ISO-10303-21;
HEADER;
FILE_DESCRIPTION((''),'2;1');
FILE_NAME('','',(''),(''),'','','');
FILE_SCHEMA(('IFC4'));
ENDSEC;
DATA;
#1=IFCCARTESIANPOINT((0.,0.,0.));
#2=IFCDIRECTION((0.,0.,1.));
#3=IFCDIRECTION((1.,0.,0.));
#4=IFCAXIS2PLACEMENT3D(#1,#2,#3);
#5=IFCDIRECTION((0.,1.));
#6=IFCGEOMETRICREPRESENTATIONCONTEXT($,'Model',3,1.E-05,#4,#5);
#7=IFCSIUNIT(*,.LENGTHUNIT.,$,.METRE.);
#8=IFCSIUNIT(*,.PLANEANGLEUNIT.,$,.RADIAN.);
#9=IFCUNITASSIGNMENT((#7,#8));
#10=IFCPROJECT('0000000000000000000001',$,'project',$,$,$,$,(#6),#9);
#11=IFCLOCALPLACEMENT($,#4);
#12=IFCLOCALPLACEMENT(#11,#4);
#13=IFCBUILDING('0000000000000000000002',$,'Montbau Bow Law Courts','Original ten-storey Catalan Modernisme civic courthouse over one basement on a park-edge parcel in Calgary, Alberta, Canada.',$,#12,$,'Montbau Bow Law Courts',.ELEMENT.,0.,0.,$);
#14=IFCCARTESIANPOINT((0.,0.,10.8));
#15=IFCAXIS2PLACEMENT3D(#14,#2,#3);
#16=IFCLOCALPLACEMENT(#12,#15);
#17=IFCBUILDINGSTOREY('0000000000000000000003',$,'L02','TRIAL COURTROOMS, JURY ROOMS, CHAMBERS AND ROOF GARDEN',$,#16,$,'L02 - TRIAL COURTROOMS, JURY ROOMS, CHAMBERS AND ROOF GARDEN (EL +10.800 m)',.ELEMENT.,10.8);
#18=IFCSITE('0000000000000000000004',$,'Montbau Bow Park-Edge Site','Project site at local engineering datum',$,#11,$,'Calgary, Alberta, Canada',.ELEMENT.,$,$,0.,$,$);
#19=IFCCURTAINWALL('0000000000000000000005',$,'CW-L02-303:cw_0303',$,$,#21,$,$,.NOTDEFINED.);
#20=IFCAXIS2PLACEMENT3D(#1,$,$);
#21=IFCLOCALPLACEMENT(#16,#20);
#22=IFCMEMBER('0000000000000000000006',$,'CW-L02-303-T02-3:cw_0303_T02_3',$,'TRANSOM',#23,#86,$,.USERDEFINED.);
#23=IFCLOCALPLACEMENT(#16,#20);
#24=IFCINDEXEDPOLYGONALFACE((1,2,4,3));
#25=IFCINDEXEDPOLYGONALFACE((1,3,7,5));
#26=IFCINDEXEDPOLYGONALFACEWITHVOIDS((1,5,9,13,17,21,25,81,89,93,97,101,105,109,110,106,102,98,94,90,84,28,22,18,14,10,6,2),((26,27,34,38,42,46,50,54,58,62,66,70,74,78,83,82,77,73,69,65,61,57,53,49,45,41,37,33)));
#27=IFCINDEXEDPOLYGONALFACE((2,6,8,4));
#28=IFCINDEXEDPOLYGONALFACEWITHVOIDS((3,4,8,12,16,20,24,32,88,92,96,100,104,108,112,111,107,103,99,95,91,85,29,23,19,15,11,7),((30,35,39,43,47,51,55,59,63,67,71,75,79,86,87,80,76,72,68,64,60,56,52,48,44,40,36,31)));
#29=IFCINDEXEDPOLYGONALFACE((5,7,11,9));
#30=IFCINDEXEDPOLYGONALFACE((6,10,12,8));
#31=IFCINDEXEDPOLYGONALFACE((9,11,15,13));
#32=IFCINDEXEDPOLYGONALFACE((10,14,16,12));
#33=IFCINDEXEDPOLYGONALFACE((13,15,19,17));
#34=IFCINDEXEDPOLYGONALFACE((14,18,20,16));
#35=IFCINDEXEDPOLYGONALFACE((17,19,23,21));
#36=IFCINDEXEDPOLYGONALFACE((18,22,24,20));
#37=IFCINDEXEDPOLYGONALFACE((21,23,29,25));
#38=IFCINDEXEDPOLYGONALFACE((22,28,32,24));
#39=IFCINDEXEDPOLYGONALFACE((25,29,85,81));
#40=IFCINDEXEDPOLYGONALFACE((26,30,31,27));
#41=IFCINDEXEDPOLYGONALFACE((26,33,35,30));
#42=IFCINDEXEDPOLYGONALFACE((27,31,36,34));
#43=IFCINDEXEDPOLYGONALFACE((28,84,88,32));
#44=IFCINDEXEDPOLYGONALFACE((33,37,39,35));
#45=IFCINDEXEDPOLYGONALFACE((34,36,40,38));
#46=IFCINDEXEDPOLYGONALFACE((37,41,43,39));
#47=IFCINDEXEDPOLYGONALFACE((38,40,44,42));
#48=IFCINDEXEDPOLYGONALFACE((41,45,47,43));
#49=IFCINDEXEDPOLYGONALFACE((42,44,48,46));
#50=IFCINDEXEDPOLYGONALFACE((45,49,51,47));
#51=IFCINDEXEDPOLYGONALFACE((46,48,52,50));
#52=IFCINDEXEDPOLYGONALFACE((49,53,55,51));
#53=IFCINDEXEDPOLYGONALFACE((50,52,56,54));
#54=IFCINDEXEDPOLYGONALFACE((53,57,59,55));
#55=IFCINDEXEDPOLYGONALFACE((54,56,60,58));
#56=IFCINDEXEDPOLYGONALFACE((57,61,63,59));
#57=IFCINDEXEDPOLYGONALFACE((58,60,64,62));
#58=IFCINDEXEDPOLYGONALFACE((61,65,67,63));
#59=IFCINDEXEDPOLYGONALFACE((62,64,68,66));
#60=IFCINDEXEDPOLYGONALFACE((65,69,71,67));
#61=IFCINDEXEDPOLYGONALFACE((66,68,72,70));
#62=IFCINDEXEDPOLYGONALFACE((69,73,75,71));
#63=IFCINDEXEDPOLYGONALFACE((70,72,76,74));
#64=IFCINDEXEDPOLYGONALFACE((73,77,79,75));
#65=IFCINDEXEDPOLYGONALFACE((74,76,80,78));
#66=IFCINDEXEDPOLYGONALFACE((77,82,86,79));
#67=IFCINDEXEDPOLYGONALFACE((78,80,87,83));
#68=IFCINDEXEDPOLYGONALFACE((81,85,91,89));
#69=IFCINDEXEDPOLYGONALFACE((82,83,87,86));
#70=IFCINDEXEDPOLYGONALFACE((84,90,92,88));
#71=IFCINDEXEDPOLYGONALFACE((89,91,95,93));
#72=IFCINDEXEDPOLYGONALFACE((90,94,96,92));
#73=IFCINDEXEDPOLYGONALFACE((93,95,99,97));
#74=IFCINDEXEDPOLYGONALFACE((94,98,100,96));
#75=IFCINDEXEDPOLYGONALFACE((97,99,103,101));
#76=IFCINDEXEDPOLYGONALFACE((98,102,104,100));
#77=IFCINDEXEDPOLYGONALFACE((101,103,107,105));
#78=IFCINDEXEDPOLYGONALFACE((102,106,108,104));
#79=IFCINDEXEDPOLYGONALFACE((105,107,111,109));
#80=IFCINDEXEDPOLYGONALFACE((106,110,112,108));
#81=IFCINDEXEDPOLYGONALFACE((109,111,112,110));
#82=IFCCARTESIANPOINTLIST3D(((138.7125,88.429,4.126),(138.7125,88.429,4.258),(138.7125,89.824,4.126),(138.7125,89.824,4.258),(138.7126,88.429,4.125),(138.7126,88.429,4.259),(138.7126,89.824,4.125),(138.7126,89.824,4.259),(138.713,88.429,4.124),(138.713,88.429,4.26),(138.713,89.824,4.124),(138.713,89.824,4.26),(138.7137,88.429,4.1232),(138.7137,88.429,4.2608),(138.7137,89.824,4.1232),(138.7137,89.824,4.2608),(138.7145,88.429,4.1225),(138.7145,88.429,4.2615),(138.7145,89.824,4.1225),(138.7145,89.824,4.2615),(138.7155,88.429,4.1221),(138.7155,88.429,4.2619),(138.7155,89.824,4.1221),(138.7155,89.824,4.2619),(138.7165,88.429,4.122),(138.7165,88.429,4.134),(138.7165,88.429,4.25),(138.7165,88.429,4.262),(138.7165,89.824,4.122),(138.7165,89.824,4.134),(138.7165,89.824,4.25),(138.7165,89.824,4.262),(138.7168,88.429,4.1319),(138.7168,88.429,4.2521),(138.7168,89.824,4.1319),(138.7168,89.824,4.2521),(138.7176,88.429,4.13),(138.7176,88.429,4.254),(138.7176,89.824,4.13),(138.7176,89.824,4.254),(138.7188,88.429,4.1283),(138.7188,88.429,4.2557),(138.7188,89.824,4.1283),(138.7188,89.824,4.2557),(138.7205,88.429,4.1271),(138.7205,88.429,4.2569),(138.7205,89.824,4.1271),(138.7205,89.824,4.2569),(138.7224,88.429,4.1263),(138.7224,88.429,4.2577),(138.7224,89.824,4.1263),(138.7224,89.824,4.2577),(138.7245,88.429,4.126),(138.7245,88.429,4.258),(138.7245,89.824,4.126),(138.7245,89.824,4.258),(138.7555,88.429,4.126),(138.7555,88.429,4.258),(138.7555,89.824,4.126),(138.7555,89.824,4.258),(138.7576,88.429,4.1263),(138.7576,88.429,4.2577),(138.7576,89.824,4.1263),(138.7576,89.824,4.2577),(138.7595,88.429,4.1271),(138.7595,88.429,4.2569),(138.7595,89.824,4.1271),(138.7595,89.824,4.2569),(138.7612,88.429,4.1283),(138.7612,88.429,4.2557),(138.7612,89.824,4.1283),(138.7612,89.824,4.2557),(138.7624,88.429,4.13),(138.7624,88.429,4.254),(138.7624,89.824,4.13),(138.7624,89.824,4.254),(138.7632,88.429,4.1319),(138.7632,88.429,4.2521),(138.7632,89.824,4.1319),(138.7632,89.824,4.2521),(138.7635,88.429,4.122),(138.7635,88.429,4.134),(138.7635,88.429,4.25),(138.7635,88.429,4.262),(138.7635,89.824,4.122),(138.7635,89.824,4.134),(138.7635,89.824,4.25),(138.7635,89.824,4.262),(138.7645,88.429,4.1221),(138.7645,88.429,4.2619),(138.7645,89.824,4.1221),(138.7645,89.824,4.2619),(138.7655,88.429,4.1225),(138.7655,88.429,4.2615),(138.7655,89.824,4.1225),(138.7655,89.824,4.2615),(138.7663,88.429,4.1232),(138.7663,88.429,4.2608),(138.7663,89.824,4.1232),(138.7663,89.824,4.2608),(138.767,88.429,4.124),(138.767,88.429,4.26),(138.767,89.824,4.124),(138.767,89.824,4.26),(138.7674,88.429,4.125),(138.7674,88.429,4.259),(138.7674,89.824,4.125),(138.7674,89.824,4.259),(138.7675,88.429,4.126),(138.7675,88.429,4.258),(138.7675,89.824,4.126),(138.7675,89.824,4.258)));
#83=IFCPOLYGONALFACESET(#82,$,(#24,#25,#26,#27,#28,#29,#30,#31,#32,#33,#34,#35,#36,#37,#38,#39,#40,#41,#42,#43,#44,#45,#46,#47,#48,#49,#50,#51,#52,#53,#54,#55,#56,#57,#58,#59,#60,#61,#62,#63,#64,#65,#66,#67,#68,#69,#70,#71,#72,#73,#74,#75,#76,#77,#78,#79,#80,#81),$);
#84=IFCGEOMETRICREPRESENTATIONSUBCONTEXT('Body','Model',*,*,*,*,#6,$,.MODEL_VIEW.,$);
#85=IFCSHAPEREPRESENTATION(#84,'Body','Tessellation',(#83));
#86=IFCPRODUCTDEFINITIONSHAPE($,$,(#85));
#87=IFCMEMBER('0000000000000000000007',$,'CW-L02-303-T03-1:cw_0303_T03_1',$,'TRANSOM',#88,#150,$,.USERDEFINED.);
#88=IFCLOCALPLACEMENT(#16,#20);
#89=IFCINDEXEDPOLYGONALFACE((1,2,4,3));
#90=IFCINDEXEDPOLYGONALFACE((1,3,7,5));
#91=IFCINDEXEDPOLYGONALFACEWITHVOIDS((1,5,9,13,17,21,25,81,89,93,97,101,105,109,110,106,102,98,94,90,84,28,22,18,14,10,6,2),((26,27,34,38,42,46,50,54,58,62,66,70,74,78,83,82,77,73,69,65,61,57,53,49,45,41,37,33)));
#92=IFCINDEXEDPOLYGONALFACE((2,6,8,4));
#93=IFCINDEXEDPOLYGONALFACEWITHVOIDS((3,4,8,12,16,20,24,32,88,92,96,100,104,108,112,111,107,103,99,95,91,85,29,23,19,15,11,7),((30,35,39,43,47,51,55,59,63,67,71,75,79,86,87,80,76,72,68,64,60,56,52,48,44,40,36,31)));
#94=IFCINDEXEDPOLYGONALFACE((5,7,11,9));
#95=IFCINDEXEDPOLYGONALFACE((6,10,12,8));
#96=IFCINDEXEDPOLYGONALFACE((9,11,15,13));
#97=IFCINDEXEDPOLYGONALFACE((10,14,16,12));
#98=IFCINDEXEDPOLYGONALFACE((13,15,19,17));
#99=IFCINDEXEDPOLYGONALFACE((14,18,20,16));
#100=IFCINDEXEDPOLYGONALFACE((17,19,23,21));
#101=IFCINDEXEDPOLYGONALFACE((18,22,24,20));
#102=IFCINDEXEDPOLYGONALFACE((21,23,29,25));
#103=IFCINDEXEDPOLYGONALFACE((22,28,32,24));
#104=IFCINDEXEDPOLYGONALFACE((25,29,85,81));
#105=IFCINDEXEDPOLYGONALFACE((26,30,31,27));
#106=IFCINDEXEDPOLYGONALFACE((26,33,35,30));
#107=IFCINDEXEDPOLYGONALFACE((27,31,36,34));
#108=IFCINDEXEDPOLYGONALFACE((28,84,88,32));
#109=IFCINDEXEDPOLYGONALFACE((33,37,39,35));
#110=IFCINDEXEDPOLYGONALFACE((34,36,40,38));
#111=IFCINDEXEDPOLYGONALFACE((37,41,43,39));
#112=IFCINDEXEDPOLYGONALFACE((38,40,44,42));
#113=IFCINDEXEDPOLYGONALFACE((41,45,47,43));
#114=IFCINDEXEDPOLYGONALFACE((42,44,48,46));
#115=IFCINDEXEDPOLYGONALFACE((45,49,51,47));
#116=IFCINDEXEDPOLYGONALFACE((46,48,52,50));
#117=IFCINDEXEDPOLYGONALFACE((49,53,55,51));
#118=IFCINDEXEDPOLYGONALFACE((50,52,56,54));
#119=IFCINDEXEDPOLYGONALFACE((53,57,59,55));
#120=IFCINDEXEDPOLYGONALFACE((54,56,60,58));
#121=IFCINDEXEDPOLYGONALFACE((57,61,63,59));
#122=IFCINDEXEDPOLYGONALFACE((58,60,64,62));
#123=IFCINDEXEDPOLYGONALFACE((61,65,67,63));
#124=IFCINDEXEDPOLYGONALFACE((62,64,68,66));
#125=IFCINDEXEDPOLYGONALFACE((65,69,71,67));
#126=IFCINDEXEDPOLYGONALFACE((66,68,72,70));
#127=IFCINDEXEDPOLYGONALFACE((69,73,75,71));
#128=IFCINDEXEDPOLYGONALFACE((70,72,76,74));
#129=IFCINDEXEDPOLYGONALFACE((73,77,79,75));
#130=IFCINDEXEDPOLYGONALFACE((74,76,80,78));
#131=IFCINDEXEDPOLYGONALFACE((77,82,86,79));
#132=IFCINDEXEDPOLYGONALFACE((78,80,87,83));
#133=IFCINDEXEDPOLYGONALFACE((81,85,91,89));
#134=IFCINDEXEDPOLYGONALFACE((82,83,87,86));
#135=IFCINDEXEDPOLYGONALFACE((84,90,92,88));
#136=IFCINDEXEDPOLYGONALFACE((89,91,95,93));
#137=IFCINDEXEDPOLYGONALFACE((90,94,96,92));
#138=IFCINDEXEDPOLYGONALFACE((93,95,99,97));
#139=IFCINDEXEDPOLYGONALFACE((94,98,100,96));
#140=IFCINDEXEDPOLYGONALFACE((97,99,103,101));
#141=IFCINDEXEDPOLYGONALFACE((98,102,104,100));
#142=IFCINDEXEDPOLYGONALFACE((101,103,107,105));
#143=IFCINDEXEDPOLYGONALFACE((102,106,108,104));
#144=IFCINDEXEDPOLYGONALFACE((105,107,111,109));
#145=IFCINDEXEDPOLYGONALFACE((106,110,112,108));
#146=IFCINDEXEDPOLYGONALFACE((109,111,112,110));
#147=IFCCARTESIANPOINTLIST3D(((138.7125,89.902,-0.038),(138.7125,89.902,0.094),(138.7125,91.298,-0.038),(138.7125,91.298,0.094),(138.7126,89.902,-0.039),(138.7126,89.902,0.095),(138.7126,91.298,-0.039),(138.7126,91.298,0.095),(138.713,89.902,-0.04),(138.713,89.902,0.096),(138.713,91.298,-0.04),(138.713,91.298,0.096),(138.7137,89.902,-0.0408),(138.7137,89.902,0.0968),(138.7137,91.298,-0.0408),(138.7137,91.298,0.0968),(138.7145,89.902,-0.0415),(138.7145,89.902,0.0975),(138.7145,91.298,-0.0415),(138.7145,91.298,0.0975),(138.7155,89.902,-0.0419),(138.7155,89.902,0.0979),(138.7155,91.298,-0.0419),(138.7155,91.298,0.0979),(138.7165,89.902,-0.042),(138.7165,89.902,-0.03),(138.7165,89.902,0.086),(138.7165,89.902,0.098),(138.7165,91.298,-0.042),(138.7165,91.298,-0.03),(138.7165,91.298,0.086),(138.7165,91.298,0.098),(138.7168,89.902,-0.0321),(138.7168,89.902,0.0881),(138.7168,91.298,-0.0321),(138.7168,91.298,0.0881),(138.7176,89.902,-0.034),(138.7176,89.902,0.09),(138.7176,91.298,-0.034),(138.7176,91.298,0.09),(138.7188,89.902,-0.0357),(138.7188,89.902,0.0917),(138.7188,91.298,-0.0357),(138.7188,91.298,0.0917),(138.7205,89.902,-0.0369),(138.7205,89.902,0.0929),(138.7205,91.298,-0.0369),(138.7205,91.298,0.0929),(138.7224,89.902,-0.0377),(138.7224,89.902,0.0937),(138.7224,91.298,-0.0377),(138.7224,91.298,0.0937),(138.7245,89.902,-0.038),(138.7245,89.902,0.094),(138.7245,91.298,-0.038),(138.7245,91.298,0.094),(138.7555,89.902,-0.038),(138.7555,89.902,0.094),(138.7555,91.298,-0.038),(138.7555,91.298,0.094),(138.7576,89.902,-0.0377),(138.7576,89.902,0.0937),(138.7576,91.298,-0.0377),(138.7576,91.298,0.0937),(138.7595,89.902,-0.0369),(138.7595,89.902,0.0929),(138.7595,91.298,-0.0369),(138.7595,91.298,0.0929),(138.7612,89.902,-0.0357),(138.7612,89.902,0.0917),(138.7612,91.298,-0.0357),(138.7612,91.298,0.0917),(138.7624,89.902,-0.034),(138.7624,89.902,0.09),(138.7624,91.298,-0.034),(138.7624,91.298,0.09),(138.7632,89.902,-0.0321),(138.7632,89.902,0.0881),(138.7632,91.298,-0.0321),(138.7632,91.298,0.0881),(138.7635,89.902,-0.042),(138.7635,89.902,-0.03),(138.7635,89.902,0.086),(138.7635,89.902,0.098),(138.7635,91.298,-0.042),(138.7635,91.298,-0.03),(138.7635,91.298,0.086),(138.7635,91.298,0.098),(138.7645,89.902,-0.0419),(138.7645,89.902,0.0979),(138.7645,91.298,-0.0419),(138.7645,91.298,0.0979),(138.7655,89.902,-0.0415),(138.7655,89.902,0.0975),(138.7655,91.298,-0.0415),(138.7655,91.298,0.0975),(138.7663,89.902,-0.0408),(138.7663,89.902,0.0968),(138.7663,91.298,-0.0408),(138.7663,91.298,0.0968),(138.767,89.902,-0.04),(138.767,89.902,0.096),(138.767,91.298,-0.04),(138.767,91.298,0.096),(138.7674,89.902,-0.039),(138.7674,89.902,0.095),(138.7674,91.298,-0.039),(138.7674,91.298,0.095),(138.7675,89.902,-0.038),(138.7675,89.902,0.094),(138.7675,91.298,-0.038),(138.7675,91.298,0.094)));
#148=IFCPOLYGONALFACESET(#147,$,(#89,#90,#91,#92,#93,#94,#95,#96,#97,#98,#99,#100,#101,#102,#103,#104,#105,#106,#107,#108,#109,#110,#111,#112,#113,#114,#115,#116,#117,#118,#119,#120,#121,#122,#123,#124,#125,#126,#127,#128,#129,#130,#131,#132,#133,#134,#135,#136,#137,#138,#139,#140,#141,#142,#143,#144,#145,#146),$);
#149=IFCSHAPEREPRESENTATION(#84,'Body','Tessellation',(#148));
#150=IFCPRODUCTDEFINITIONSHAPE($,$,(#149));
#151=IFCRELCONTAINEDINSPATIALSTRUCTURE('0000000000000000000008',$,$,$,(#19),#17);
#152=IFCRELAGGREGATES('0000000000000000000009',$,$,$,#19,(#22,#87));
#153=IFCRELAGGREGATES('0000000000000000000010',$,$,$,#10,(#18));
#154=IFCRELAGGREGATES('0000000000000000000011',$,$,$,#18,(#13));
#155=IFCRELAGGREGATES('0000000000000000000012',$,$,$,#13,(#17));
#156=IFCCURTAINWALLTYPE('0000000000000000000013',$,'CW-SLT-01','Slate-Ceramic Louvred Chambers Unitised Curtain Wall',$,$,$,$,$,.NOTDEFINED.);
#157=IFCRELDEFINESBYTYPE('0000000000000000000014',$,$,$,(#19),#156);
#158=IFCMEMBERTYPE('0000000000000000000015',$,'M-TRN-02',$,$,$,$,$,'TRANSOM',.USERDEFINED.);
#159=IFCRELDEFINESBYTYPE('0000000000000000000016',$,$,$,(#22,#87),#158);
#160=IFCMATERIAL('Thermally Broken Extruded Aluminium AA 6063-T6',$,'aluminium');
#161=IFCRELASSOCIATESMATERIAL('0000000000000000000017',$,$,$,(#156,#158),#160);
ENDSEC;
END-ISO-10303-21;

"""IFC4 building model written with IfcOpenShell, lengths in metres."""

from ifc_helpers import new_model, si_unit, direction, frame, origin_with_axes, origin_2d_with_axis, place, context, subcontext, project, spatial, hollow_rectangle, extrude, material, material_profile, profile_set, type_object, element, aggregate, save


model = new_model("IFC4")

# Units and contexts
model_context = context("Model", 3, precision=1e-05, world=origin_with_axes(), true_north=direction((0.0, 1.0)))
body_context = subcontext(model_context, "Body", "Model", "MODEL_VIEW")
ifc_project = project(units=[si_unit("LENGTHUNIT", "METRE"), si_unit("PLANEANGLEUNIT", "RADIAN")], contexts=[model_context])

# Site, building, storey
site_placement = place(None, origin_with_axes())
site = spatial("IfcSite", under=ifc_project, at=site_placement, Name="Montbau Bow Park-Edge Site", Description="Project site at local engineering datum", LongName="Calgary, Alberta, Canada", CompositionType="ELEMENT", RefElevation=0.0)
building_placement = place(site_placement, origin_with_axes())
building = spatial("IfcBuilding", under=site, at=building_placement, Name="Montbau Bow Law Courts", Description="Original ten-storey Catalan Modernisme civic courthouse over one basement on a park-edge parcel in Calgary, Alberta, Canada.", LongName="Montbau Bow Law Courts", CompositionType="ELEMENT", ElevationOfRefHeight=0.0, ElevationOfTerrain=0.0)
storey_placement = place(building_placement, frame((0.0, 0.0, 10.8), z_axis=(0.0, 0.0, 1.0), x_axis=(1.0, 0.0, 0.0)))
storey = spatial("IfcBuildingStorey", under=building, at=storey_placement, Name="L02", Description="TRIAL COURTROOMS, JURY ROOMS, CHAMBERS AND ROOF GARDEN", LongName="L02 - TRIAL COURTROOMS, JURY ROOMS, CHAMBERS AND ROOF GARDEN (EL +10.800 m)", CompositionType="ELEMENT", Elevation=10.8)

# Curtain wall, members
ifc_material_1 = material(Name="Thermally Broken Extruded Aluminium AA 6063-T6", Category="aluminium")
curtain_wall_type = type_object("IfcCurtainWallType", Name="CW-SLT-01", Description="Slate-Ceramic Louvred Chambers Unitised Curtain Wall", PredefinedType="NOTDEFINED", material=ifc_material_1)
curtain_wall_placement = place(None, frame((138.74, 86.915, 10.8), z_axis=(0.0, 0.0, 1.0), x_axis=(1.0, 0.0, 0.0)))
curtain_wall = element("IfcCurtainWall", 1, at=curtain_wall_placement, inside=storey, type_object=curtain_wall_type, Name="CW-L02-303:cw_0303", PredefinedType="NOTDEFINED")
ifc_material_profile_1 = material_profile(ifc_material_1, hollow_rectangle(XDim=0.055, YDim=0.14, WallThickness=0.004, InnerFilletRadius=0.008, OuterFilletRadius=0.004, at=origin_2d_with_axis()), Name="CWT-140X55", Category="Main", Priority=0)
ifc_profile_set_1 = profile_set([ifc_material_profile_1], Name="Thermally Broken Extruded Aluminium AA 6063-T6")
member_type_1 = type_object("IfcMemberType", Name="M-TRN-02", ElementType="TRANSOM", PredefinedType="USERDEFINED", material=ifc_profile_set_1)
member_1_placement = place(None, frame((138.74, 88.429, 14.992), z_axis=(0.0, 1.0, 0.0), x_axis=(-1.0, 0.0, 0.0)))
member_1 = element("IfcMember", 2, at=member_1_placement, type_object=member_type_1, Name="CW-L02-303-T02-3:cw_0303_T02_3", ObjectType="TRANSOM", PredefinedType="USERDEFINED", context=body_context, shape_type="SweptSolid", body=[
    extrude(hollow_rectangle(XDim=0.055, YDim=0.14, WallThickness=0.004, InnerFilletRadius=0.008, OuterFilletRadius=0.004, at=origin_2d_with_axis()), origin_with_axes(), (0.0, 0.0, 1.0), 1.395),
])
member_2_placement = place(None, frame((138.74, 89.902, 10.828), z_axis=(0.0, 1.0, 0.0), x_axis=(-1.0, 0.0, 0.0)))
member_2 = element("IfcMember", 3, at=member_2_placement, type_object=member_type_1, Name="CW-L02-303-T03-1:cw_0303_T03_1", ObjectType="TRANSOM", PredefinedType="USERDEFINED", context=body_context, shape_type="SweptSolid", body=[
    extrude(hollow_rectangle(XDim=0.055, YDim=0.14, WallThickness=0.004, InnerFilletRadius=0.008, OuterFilletRadius=0.004, at=origin_2d_with_axis()), origin_with_axes(), (0.0, 0.0, 1.0), 1.396),
])
aggregate(curtain_wall, [member_1, member_2])

save(model, "model.ifc")
